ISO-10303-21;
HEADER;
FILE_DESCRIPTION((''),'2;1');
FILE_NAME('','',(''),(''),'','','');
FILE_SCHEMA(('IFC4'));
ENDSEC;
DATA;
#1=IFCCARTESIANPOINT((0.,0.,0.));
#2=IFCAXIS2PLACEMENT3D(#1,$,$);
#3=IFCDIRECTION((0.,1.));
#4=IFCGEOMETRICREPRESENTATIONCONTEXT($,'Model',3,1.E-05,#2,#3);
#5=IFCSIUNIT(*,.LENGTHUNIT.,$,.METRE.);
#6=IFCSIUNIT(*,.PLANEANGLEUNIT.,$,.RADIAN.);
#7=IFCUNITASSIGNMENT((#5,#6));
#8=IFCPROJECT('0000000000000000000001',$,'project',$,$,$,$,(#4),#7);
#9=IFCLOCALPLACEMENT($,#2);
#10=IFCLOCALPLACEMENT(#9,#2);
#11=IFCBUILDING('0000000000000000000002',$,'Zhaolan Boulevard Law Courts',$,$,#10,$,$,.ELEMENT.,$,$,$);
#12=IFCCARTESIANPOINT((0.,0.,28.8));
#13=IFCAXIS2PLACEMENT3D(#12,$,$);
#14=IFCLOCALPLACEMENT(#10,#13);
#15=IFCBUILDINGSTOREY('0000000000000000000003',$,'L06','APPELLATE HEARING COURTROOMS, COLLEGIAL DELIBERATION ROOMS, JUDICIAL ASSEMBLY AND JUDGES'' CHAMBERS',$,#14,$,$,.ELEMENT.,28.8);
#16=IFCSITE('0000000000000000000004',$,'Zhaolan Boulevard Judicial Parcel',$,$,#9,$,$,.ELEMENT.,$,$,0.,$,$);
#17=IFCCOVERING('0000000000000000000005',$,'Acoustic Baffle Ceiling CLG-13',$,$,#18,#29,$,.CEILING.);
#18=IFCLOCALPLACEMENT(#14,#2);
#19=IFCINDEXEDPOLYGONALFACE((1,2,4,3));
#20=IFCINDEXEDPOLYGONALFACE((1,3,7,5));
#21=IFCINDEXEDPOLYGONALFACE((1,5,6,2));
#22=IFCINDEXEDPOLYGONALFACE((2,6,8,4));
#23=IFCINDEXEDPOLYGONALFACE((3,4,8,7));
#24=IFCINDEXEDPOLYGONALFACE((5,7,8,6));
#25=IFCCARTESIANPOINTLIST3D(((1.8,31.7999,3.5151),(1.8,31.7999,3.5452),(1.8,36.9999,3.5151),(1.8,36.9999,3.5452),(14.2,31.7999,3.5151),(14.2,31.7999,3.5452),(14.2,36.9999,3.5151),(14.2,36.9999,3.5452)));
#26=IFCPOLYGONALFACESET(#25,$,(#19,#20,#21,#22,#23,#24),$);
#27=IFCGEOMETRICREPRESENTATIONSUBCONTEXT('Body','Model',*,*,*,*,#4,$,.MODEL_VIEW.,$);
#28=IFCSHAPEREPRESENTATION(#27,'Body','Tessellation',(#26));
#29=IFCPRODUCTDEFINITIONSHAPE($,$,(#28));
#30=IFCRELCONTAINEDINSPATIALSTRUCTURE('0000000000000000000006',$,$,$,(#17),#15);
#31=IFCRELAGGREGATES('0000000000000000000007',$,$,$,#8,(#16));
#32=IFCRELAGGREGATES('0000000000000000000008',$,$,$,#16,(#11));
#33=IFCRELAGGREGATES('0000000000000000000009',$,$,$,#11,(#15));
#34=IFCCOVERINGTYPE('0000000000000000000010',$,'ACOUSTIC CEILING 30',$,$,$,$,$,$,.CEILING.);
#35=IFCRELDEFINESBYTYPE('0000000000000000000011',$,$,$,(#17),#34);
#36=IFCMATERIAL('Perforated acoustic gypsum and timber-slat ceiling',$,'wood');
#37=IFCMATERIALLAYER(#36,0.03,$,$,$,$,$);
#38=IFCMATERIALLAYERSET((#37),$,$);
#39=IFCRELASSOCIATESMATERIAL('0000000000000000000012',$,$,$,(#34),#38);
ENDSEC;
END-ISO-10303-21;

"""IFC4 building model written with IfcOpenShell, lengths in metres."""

from ifc_helpers import new_model, si_unit, direction, frame, origin, origin_2d, place, context, subcontext, project, spatial, rectangle, extrude, material, layer, layer_set, type_object, element, save


model = new_model("IFC4")

# Units and contexts
model_context = context("Model", 3, precision=1e-05, world=origin(), true_north=direction((0.0, 1.0)))
body_context = subcontext(model_context, "Body", "Model", "MODEL_VIEW")
ifc_project = project(units=[si_unit("LENGTHUNIT", "METRE"), si_unit("PLANEANGLEUNIT", "RADIAN")], contexts=[model_context])

# Site, building, storey
site_placement = place(None, origin())
site = spatial("IfcSite", under=ifc_project, at=site_placement, Name="Zhaolan Boulevard Judicial Parcel", CompositionType="ELEMENT", RefElevation=0.0)
building_placement = place(site_placement, origin())
building = spatial("IfcBuilding", under=site, at=building_placement, Name="Zhaolan Boulevard Law Courts", CompositionType="ELEMENT")
storey_placement = place(building_placement, frame((0.0, 0.0, 28.8)))
storey = spatial("IfcBuildingStorey", under=building, at=storey_placement, Name="L06", Description="APPELLATE HEARING COURTROOMS, COLLEGIAL DELIBERATION ROOMS, JUDICIAL ASSEMBLY AND JUDGES' CHAMBERS", CompositionType="ELEMENT", Elevation=28.8)

# Covering
ifc_material_1 = material(Name="Perforated acoustic gypsum and timber-slat ceiling", Category="wood")
ifc_layer_1 = layer(ifc_material_1, 0.03)
ifc_layer_set_1 = layer_set([ifc_layer_1])
covering_type = type_object("IfcCoveringType", Name="ACOUSTIC CEILING 30", PredefinedType="CEILING", material=ifc_layer_set_1)
covering_placement = place(storey_placement, frame((8.0, 34.3999, 3.5151), z_axis=(0.0, 0.0, 1.0), x_axis=(1.0, 0.0, 0.0)))
element("IfcCovering", 1, at=covering_placement, inside=storey, type_object=covering_type, Name="Acoustic Baffle Ceiling CLG-13", PredefinedType="CEILING", context=body_context, shape_type="SweptSolid", body=[
    extrude(rectangle(XDim=12.3999, YDim=5.2, at=origin_2d()), origin(), (0.0, 0.0, 1.0), 0.03),
])

save(model, "model.ifc")
